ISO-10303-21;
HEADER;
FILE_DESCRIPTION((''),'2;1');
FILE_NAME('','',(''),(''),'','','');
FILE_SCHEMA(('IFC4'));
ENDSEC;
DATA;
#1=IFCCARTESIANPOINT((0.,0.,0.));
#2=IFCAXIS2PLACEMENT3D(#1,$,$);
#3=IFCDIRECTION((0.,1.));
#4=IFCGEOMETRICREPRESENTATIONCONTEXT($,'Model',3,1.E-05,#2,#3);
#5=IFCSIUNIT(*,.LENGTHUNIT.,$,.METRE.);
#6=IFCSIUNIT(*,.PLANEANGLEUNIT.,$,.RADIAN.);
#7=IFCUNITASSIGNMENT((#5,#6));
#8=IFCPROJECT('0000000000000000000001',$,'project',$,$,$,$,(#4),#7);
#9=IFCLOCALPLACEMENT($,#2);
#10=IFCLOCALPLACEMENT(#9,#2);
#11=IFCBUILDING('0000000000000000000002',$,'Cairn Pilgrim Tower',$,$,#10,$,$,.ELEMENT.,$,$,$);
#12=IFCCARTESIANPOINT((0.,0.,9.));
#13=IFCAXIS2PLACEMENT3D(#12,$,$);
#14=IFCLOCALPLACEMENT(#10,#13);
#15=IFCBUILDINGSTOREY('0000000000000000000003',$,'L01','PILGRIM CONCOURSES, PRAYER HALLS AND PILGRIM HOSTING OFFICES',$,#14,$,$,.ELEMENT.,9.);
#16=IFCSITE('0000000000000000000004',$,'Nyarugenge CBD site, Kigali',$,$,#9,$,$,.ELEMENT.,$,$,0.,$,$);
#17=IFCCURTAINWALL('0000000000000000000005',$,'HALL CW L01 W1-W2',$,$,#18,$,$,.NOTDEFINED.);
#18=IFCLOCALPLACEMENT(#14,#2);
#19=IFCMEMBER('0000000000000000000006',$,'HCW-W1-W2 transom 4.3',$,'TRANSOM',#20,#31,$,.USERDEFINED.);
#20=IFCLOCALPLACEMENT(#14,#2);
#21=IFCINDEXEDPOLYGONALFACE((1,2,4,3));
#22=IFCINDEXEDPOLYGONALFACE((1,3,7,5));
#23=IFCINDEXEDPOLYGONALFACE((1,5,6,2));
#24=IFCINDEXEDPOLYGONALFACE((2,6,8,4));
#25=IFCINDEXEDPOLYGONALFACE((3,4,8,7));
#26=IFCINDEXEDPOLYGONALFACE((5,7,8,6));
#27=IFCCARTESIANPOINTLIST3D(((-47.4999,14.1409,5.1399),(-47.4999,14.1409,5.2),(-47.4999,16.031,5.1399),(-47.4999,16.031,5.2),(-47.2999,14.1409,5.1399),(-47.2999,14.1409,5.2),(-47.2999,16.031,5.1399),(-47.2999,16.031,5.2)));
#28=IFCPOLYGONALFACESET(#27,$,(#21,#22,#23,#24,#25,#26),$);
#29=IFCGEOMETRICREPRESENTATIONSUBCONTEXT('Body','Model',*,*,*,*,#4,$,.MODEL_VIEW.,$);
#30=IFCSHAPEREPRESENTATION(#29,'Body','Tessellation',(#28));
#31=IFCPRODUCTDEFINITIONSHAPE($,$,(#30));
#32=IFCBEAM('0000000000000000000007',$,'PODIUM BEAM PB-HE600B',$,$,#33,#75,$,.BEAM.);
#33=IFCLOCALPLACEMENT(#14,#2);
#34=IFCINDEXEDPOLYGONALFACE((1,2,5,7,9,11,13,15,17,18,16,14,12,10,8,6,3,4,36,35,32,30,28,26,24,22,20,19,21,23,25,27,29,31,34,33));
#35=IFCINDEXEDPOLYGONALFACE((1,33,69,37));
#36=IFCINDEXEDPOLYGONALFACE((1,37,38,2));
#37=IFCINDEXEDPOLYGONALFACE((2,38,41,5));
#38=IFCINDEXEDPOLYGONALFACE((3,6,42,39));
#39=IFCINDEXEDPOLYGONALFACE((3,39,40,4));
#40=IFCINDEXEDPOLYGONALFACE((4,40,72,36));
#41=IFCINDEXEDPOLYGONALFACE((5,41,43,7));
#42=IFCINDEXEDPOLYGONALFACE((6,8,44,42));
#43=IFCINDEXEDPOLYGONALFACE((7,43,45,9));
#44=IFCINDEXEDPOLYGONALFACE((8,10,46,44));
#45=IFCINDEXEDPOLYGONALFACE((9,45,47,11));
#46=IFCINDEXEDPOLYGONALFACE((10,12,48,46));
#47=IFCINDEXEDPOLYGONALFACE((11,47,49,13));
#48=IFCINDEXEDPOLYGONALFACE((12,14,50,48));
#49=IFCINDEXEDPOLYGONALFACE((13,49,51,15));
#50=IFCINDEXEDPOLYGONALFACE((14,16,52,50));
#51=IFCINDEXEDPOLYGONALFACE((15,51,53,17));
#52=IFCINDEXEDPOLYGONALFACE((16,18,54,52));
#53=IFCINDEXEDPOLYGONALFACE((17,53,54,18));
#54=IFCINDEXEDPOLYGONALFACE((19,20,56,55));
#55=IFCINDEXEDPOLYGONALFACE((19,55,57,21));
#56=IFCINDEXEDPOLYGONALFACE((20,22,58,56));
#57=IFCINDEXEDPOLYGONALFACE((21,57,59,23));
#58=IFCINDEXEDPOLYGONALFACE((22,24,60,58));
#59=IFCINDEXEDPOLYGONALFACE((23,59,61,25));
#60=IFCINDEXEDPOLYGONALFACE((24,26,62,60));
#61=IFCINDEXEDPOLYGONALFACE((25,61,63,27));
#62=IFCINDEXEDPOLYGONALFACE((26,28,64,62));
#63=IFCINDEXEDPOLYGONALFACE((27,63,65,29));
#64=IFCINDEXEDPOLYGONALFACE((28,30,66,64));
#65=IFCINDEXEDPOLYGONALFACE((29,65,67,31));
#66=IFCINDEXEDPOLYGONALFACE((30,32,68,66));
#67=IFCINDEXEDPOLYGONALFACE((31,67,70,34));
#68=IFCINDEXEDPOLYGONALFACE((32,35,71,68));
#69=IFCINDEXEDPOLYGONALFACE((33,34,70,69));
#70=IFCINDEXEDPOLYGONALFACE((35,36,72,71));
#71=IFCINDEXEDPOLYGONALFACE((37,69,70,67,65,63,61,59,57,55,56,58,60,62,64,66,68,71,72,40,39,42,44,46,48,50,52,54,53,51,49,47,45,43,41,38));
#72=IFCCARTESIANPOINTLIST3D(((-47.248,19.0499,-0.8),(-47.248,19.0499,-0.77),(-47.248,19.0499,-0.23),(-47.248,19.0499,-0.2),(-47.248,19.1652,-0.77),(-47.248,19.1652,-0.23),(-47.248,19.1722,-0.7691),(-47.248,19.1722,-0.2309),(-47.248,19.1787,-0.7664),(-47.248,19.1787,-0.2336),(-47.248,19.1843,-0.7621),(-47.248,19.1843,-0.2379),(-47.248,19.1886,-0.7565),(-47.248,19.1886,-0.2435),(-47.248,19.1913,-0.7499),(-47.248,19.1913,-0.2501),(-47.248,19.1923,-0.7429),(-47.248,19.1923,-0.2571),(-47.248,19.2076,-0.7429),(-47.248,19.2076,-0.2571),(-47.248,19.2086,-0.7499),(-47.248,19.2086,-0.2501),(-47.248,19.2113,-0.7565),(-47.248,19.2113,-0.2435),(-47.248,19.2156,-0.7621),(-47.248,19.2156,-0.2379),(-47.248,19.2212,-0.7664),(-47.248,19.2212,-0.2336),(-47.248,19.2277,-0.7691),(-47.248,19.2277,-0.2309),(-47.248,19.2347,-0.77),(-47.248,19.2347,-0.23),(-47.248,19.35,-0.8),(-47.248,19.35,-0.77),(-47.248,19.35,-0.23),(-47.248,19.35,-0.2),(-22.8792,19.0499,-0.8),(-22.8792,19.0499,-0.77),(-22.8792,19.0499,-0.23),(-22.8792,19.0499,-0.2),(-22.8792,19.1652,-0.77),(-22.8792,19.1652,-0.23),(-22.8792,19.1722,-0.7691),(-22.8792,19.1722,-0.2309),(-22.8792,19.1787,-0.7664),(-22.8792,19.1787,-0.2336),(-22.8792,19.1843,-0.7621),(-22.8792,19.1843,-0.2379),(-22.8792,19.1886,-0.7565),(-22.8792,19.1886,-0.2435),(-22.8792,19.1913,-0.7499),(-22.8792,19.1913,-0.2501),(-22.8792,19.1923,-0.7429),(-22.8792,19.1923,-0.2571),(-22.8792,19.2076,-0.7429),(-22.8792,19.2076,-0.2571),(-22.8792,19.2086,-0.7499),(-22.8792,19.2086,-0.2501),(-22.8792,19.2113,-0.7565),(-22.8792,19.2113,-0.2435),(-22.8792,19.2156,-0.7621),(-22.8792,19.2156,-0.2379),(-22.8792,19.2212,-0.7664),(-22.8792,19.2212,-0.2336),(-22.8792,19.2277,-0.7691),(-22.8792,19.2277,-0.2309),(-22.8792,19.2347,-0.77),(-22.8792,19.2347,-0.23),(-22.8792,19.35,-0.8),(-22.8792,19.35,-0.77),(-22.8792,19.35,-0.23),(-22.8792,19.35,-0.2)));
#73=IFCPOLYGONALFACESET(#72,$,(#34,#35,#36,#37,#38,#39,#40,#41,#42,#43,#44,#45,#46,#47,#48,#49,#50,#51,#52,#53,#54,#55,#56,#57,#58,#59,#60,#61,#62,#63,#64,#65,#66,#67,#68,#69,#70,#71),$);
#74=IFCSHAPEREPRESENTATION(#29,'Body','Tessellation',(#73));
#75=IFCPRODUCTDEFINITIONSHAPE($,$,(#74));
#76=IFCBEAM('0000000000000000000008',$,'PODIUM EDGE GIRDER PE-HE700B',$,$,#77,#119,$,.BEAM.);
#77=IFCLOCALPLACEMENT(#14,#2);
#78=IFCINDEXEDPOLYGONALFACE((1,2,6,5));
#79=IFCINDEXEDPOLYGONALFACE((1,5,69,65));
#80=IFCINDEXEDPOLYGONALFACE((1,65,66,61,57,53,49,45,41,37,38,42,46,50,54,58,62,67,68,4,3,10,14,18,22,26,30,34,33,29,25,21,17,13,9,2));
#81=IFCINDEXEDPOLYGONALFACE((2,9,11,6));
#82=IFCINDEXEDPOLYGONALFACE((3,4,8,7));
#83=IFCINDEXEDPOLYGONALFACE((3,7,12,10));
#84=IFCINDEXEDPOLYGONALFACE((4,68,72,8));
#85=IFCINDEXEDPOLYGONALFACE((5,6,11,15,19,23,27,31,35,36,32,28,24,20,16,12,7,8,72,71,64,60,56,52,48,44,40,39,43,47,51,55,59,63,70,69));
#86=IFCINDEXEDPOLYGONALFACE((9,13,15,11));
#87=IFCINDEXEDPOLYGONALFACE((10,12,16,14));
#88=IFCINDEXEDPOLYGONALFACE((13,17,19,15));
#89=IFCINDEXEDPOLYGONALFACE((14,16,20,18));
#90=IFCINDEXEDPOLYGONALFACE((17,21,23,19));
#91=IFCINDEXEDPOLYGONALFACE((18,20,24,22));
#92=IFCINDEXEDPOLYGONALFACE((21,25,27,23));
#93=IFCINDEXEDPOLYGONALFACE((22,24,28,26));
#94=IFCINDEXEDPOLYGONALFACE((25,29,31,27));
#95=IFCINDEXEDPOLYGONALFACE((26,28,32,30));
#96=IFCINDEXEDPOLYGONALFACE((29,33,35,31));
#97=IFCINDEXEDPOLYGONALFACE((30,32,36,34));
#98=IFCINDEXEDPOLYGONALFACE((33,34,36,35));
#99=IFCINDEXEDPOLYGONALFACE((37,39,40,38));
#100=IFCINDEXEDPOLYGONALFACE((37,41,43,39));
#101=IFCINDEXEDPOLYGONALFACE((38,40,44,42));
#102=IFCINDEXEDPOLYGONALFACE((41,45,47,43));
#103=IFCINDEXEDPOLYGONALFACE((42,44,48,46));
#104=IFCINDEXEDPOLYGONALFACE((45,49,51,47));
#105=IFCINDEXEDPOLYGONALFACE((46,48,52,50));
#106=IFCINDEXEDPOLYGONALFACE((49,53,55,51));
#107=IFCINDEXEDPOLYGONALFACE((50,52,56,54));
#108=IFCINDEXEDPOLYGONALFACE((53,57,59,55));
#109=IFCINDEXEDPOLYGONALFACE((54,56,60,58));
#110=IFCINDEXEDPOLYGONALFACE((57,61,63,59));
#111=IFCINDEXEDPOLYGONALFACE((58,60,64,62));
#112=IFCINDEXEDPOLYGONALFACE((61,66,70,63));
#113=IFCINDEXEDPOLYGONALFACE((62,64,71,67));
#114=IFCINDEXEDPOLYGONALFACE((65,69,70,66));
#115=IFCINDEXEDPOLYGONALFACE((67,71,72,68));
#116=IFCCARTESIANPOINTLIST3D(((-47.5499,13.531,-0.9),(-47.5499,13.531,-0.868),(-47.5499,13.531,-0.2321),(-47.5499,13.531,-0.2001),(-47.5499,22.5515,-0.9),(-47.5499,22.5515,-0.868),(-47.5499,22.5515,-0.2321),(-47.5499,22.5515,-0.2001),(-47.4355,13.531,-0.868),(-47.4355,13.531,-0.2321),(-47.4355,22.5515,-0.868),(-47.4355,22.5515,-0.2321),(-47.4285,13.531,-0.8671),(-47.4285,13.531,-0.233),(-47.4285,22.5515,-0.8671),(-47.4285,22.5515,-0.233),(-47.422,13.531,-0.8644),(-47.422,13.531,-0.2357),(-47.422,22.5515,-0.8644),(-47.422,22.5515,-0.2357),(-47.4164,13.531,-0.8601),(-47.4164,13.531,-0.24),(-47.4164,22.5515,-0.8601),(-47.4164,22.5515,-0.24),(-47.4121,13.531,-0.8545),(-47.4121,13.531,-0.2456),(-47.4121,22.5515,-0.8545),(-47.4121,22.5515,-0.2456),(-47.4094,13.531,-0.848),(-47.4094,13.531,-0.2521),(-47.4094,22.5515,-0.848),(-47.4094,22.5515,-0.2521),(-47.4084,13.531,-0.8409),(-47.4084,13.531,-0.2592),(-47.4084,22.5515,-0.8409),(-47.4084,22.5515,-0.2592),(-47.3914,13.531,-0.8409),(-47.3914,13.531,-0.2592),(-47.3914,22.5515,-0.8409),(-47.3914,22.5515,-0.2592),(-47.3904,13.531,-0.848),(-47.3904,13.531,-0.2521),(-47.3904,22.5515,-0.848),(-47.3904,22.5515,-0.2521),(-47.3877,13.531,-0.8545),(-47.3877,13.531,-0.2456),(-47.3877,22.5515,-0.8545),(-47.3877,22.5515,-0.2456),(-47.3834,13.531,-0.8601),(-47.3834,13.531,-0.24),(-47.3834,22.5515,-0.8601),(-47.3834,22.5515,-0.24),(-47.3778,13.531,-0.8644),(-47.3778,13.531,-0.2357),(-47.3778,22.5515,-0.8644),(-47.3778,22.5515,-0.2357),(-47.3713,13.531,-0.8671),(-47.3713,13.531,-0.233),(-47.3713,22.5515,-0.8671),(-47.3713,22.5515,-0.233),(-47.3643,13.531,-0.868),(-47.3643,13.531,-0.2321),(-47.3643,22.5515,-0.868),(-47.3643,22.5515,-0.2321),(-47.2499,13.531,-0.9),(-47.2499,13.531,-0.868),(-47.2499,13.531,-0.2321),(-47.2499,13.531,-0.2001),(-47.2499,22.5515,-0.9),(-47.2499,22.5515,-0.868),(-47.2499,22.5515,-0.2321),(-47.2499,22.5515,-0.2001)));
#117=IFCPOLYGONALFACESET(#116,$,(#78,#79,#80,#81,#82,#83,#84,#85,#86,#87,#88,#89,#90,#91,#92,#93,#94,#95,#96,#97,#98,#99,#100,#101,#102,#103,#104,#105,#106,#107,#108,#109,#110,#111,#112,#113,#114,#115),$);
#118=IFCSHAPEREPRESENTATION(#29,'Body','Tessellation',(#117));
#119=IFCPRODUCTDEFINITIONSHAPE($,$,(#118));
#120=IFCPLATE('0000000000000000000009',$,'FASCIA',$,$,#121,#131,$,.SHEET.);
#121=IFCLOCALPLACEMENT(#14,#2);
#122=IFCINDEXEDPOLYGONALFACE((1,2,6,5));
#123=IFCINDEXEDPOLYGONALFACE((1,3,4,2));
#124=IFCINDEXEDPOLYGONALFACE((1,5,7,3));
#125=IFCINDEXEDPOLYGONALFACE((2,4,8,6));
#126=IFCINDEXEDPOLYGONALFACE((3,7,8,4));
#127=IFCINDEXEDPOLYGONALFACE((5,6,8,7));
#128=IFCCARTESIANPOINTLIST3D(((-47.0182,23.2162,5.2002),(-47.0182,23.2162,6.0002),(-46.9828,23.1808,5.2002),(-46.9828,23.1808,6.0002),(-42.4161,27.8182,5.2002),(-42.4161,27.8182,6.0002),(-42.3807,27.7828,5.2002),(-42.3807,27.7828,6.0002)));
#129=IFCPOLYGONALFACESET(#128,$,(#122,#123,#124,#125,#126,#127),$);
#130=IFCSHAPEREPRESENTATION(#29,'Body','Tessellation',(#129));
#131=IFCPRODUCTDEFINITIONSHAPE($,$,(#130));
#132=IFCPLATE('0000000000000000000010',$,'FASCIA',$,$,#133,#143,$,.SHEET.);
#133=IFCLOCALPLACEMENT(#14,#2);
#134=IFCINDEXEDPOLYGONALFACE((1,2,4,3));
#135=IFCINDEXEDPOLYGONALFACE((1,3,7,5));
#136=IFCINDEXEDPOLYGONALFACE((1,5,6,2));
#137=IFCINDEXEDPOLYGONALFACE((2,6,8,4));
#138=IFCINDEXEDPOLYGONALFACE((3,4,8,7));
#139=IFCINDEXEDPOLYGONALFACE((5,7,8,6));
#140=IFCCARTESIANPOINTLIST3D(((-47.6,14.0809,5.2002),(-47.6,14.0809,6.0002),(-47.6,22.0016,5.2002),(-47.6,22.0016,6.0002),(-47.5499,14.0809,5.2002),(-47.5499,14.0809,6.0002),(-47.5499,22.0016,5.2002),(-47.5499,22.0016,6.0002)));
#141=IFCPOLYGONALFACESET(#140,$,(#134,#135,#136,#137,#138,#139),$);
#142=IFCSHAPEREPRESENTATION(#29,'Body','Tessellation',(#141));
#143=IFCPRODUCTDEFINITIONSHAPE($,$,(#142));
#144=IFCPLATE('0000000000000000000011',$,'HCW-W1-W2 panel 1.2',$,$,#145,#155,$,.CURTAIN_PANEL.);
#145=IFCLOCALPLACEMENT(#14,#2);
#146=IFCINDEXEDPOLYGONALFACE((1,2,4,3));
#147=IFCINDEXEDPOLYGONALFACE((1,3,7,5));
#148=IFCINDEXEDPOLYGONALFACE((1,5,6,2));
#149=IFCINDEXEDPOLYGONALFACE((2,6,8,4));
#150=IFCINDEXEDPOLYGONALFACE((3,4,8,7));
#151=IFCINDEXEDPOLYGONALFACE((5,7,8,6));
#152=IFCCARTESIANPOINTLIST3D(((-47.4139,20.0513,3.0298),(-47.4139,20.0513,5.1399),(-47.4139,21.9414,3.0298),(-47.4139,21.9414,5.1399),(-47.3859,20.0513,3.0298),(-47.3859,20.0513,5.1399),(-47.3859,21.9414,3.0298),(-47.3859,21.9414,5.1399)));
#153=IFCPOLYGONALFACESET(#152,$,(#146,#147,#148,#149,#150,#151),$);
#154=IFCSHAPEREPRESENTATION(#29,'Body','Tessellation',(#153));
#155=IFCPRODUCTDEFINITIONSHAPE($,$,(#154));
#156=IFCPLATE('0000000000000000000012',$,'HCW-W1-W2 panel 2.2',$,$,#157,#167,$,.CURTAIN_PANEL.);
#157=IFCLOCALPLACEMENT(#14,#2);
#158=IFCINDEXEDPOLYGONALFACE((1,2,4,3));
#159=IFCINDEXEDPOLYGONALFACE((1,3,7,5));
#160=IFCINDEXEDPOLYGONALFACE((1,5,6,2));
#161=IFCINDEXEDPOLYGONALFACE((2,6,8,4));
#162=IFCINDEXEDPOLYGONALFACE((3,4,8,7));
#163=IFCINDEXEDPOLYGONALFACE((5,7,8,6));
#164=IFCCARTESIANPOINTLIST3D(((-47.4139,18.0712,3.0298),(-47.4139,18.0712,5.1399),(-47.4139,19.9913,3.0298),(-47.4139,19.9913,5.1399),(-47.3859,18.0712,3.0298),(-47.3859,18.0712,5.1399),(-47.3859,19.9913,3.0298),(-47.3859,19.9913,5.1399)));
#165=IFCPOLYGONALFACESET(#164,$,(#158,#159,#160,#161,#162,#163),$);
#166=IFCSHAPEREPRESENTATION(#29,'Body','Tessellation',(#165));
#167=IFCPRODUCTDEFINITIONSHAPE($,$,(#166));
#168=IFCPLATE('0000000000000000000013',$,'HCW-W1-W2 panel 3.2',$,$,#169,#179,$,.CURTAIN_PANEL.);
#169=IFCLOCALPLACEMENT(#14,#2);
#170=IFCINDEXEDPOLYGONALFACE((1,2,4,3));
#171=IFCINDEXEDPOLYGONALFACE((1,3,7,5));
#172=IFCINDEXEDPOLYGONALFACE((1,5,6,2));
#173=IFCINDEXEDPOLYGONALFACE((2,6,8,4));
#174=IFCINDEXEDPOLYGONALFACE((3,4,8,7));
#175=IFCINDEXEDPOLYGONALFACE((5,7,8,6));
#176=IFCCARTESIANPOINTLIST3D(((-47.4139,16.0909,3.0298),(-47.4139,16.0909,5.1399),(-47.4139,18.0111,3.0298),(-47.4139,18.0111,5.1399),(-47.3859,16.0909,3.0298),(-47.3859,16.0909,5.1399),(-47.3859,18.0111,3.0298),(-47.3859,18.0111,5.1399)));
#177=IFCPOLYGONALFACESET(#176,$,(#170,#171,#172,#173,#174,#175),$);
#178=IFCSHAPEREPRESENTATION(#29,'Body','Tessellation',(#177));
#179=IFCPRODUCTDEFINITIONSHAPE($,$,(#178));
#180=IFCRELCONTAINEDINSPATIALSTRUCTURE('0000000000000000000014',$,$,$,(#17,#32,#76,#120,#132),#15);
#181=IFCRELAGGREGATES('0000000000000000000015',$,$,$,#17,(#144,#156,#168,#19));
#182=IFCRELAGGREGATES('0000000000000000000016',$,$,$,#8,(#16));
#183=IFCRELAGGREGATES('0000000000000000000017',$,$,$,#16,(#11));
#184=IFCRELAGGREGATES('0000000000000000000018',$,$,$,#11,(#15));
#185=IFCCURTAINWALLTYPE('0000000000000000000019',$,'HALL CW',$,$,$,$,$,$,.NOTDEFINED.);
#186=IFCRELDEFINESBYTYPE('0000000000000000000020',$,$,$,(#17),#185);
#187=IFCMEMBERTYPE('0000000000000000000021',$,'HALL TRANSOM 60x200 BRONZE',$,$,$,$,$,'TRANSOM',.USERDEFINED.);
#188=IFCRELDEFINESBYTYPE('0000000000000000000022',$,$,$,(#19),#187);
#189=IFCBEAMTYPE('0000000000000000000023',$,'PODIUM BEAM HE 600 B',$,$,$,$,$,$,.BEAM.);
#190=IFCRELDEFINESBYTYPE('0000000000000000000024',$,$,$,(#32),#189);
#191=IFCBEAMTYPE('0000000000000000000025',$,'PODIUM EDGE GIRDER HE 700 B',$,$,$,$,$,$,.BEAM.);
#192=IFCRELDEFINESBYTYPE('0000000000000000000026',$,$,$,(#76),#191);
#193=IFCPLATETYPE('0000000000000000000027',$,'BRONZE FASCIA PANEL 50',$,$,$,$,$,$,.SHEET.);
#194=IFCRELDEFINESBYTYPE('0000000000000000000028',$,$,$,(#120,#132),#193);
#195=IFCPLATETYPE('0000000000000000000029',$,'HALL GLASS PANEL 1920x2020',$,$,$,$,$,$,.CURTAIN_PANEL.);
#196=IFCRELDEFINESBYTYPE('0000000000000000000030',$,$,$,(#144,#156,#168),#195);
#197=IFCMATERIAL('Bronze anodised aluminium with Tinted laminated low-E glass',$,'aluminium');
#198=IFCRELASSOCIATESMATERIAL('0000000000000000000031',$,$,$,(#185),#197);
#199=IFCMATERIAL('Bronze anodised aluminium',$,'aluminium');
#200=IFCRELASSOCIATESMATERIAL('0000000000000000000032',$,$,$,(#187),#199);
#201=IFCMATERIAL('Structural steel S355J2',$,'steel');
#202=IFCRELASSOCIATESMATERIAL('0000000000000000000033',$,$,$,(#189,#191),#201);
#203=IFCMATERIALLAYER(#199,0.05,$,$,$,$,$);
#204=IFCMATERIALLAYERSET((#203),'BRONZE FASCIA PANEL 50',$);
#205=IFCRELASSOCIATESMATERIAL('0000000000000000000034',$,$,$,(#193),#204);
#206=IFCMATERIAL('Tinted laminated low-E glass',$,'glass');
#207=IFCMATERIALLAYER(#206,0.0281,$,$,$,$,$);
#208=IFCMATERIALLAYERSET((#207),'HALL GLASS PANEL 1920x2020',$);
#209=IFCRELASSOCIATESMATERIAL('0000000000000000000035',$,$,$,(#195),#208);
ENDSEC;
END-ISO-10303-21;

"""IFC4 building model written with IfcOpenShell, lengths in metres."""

from ifc_helpers import new_model, si_unit, direction, frame, origin, origin_2d, place, context, subcontext, project, spatial, rectangle, i_section, extrude, material, layer, layer_set, material_profile, profile_set, type_object, element, aggregate, save


model = new_model("IFC4")

# Units and contexts
model_context = context("Model", 3, precision=1e-05, world=origin(), true_north=direction((0.0, 1.0)))
body_context = subcontext(model_context, "Body", "Model", "MODEL_VIEW")
ifc_project = project(units=[si_unit("LENGTHUNIT", "METRE"), si_unit("PLANEANGLEUNIT", "RADIAN")], contexts=[model_context])

# Site, building, storey
site_placement = place(None, origin())
site = spatial("IfcSite", under=ifc_project, at=site_placement, Name="Nyarugenge CBD site, Kigali", CompositionType="ELEMENT", RefElevation=0.0)
building_placement = place(site_placement, origin())
building = spatial("IfcBuilding", under=site, at=building_placement, Name="Cairn Pilgrim Tower", CompositionType="ELEMENT")
storey_placement = place(building_placement, frame((0.0, 0.0, 9.0)))
storey = spatial("IfcBuildingStorey", under=building, at=storey_placement, Name="L01", Description="PILGRIM CONCOURSES, PRAYER HALLS AND PILGRIM HOSTING OFFICES", CompositionType="ELEMENT", Elevation=9.0)

# Curtain wall, member
ifc_material_1 = material(Name="Bronze anodised aluminium with Tinted laminated low-E glass", Category="aluminium")
curtain_wall_type = type_object("IfcCurtainWallType", Name="HALL CW", PredefinedType="NOTDEFINED", material=ifc_material_1)
curtain_wall_placement = place(storey_placement, origin())
curtain_wall = element("IfcCurtainWall", 1, at=curtain_wall_placement, inside=storey, type_object=curtain_wall_type, Name="HALL CW L01 W1-W2", PredefinedType="NOTDEFINED")
ifc_material_2 = material(Name="Bronze anodised aluminium", Category="aluminium")
ifc_material_profile_1 = material_profile(ifc_material_2, rectangle(XDim=0.2, YDim=0.0601, at=origin_2d()), Name="HALL TRANSOM 60x200 BRONZE")
ifc_profile_set_1 = profile_set([ifc_material_profile_1], Name="Bronze anodised aluminium")
member_type_1 = type_object("IfcMemberType", Name="HALL TRANSOM 60x200 BRONZE", ElementType="TRANSOM", PredefinedType="USERDEFINED", material=ifc_profile_set_1)
member_1_placement = place(storey_placement, frame((-47.3999, 16.031, 5.1699), z_axis=(0.0, -1.0, 0.0), x_axis=(1.0, 0.0, 0.0)))
member_1 = element("IfcMember", 2, at=member_1_placement, type_object=member_type_1, Name="HCW-W1-W2 transom 4.3", ObjectType="TRANSOM", PredefinedType="USERDEFINED", context=body_context, shape_type="SweptSolid", body=[
    extrude(rectangle(XDim=0.2, YDim=0.0601, at=origin_2d()), origin(), (0.0, 0.0, 1.0), 1.8901),
])

# Beams
ifc_material_3 = material(Name="Structural steel S355J2", Category="steel")
ifc_material_profile_2 = material_profile(ifc_material_3, i_section(OverallWidth=0.3, OverallDepth=0.6001, WebThickness=0.0154, FlangeThickness=0.03, FilletRadius=0.0271, at=origin_2d()), Name="HEB 600")
ifc_profile_set_2 = profile_set([ifc_material_profile_2], Name="Structural steel S355J2")
beam_type_1 = type_object("IfcBeamType", Name="PODIUM BEAM HE 600 B", PredefinedType="BEAM", material=ifc_profile_set_2)
beam_1_placement = place(storey_placement, frame((-47.248, 19.2, -0.5), z_axis=(1.0, 0.0, 0.0), x_axis=(0.0, 1.0, 0.0)))
element("IfcBeam", 3, at=beam_1_placement, inside=storey, type_object=beam_type_1, Name="PODIUM BEAM PB-HE600B", PredefinedType="BEAM", context=body_context, shape_type="SweptSolid", body=[
    extrude(i_section(OverallWidth=0.3, OverallDepth=0.6001, WebThickness=0.0154, FlangeThickness=0.03, FilletRadius=0.0271, at=origin_2d()), origin(), (0.0, 0.0, 1.0), 24.3689),
])
ifc_material_profile_3 = material_profile(ifc_material_3, i_section(OverallWidth=0.3, OverallDepth=0.7, WebThickness=0.0171, FlangeThickness=0.032, FilletRadius=0.0271, at=origin_2d()), Name="HEB 700")
ifc_profile_set_3 = profile_set([ifc_material_profile_3], Name="Structural steel S355J2")
beam_type_2 = type_object("IfcBeamType", Name="PODIUM EDGE GIRDER HE 700 B", PredefinedType="BEAM", material=ifc_profile_set_3)
beam_2_placement = place(storey_placement, frame((-47.3999, 22.5515, -0.55), z_axis=(0.0, -1.0, 0.0), x_axis=(1.0, 0.0, 0.0)))
element("IfcBeam", 4, at=beam_2_placement, inside=storey, type_object=beam_type_2, Name="PODIUM EDGE GIRDER PE-HE700B", PredefinedType="BEAM", context=body_context, shape_type="SweptSolid", body=[
    extrude(i_section(OverallWidth=0.3, OverallDepth=0.7, WebThickness=0.0171, FlangeThickness=0.032, FilletRadius=0.0271, at=origin_2d()), origin(), (0.0, 0.0, 1.0), 9.0205),
])

# Plates
ifc_layer_1 = layer(ifc_material_2, 0.05)
ifc_layer_set_1 = layer_set([ifc_layer_1], Name="BRONZE FASCIA PANEL 50")
plate_type_1 = type_object("IfcPlateType", Name="BRONZE FASCIA PANEL 50", PredefinedType="SHEET", material=ifc_layer_set_1)
plate_1_placement = place(storey_placement, frame((-44.6995, 25.4995, 5.2002), z_axis=(0.0, 0.0, 1.0), x_axis=(-0.707107, -0.707107, 0.0)))
element("IfcPlate", 5, at=plate_1_placement, inside=storey, type_object=plate_type_1, Name="FASCIA", PredefinedType="SHEET", context=body_context, shape_type="SweptSolid", body=[
    extrude(rectangle(XDim=6.5083, YDim=0.05, at=origin_2d()), origin(), (0.0, 0.0, 1.0), 0.8),
])
plate_2_placement = place(storey_placement, frame((-47.575, 18.0413, 5.2002), z_axis=(0.0, 0.0, 1.0), x_axis=(0.0, -1.0, 0.0)))
element("IfcPlate", 6, at=plate_2_placement, inside=storey, type_object=plate_type_1, Name="FASCIA", PredefinedType="SHEET", context=body_context, shape_type="SweptSolid", body=[
    extrude(rectangle(XDim=7.9207, YDim=0.05, at=origin_2d()), origin(), (0.0, 0.0, 1.0), 0.8),
])

# Plates
ifc_material_4 = material(Name="Tinted laminated low-E glass", Category="glass")
ifc_layer_2 = layer(ifc_material_4, 0.0281)
ifc_layer_set_2 = layer_set([ifc_layer_2], Name="HALL GLASS PANEL 1920x2020")
plate_type_2 = type_object("IfcPlateType", Name="HALL GLASS PANEL 1920x2020", PredefinedType="CURTAIN_PANEL", material=ifc_layer_set_2)
plate_3_placement = place(storey_placement, frame((-47.3999, 20.9963, 3.0298), z_axis=(0.0, 0.0, 1.0), x_axis=(0.0, -1.0, 0.0)))
plate_3 = element("IfcPlate", 7, at=plate_3_placement, type_object=plate_type_2, Name="HCW-W1-W2 panel 1.2", PredefinedType="CURTAIN_PANEL", context=body_context, shape_type="SweptSolid", body=[
    extrude(rectangle(XDim=1.8901, YDim=0.0281, at=origin_2d()), origin(), (0.0, 0.0, 1.0), 2.1101),
])
plate_4_placement = place(storey_placement, frame((-47.3999, 19.0312, 3.0298), z_axis=(0.0, 0.0, 1.0), x_axis=(0.0, -1.0, 0.0)))
plate_4 = element("IfcPlate", 8, at=plate_4_placement, type_object=plate_type_2, Name="HCW-W1-W2 panel 2.2", PredefinedType="CURTAIN_PANEL", context=body_context, shape_type="SweptSolid", body=[
    extrude(rectangle(XDim=1.9202, YDim=0.0281, at=origin_2d()), origin(), (0.0, 0.0, 1.0), 2.1101),
])
plate_5_placement = place(storey_placement, frame((-47.3999, 17.051, 3.0298), z_axis=(0.0, 0.0, 1.0), x_axis=(0.0, -1.0, 0.0)))
plate_5 = element("IfcPlate", 9, at=plate_5_placement, type_object=plate_type_2, Name="HCW-W1-W2 panel 3.2", PredefinedType="CURTAIN_PANEL", context=body_context, shape_type="SweptSolid", body=[
    extrude(rectangle(XDim=1.9202, YDim=0.0281, at=origin_2d()), origin(), (0.0, 0.0, 1.0), 2.1101),
])
aggregate(curtain_wall, [plate_3, plate_4, plate_5, member_1])

save(model, "model.ifc")
